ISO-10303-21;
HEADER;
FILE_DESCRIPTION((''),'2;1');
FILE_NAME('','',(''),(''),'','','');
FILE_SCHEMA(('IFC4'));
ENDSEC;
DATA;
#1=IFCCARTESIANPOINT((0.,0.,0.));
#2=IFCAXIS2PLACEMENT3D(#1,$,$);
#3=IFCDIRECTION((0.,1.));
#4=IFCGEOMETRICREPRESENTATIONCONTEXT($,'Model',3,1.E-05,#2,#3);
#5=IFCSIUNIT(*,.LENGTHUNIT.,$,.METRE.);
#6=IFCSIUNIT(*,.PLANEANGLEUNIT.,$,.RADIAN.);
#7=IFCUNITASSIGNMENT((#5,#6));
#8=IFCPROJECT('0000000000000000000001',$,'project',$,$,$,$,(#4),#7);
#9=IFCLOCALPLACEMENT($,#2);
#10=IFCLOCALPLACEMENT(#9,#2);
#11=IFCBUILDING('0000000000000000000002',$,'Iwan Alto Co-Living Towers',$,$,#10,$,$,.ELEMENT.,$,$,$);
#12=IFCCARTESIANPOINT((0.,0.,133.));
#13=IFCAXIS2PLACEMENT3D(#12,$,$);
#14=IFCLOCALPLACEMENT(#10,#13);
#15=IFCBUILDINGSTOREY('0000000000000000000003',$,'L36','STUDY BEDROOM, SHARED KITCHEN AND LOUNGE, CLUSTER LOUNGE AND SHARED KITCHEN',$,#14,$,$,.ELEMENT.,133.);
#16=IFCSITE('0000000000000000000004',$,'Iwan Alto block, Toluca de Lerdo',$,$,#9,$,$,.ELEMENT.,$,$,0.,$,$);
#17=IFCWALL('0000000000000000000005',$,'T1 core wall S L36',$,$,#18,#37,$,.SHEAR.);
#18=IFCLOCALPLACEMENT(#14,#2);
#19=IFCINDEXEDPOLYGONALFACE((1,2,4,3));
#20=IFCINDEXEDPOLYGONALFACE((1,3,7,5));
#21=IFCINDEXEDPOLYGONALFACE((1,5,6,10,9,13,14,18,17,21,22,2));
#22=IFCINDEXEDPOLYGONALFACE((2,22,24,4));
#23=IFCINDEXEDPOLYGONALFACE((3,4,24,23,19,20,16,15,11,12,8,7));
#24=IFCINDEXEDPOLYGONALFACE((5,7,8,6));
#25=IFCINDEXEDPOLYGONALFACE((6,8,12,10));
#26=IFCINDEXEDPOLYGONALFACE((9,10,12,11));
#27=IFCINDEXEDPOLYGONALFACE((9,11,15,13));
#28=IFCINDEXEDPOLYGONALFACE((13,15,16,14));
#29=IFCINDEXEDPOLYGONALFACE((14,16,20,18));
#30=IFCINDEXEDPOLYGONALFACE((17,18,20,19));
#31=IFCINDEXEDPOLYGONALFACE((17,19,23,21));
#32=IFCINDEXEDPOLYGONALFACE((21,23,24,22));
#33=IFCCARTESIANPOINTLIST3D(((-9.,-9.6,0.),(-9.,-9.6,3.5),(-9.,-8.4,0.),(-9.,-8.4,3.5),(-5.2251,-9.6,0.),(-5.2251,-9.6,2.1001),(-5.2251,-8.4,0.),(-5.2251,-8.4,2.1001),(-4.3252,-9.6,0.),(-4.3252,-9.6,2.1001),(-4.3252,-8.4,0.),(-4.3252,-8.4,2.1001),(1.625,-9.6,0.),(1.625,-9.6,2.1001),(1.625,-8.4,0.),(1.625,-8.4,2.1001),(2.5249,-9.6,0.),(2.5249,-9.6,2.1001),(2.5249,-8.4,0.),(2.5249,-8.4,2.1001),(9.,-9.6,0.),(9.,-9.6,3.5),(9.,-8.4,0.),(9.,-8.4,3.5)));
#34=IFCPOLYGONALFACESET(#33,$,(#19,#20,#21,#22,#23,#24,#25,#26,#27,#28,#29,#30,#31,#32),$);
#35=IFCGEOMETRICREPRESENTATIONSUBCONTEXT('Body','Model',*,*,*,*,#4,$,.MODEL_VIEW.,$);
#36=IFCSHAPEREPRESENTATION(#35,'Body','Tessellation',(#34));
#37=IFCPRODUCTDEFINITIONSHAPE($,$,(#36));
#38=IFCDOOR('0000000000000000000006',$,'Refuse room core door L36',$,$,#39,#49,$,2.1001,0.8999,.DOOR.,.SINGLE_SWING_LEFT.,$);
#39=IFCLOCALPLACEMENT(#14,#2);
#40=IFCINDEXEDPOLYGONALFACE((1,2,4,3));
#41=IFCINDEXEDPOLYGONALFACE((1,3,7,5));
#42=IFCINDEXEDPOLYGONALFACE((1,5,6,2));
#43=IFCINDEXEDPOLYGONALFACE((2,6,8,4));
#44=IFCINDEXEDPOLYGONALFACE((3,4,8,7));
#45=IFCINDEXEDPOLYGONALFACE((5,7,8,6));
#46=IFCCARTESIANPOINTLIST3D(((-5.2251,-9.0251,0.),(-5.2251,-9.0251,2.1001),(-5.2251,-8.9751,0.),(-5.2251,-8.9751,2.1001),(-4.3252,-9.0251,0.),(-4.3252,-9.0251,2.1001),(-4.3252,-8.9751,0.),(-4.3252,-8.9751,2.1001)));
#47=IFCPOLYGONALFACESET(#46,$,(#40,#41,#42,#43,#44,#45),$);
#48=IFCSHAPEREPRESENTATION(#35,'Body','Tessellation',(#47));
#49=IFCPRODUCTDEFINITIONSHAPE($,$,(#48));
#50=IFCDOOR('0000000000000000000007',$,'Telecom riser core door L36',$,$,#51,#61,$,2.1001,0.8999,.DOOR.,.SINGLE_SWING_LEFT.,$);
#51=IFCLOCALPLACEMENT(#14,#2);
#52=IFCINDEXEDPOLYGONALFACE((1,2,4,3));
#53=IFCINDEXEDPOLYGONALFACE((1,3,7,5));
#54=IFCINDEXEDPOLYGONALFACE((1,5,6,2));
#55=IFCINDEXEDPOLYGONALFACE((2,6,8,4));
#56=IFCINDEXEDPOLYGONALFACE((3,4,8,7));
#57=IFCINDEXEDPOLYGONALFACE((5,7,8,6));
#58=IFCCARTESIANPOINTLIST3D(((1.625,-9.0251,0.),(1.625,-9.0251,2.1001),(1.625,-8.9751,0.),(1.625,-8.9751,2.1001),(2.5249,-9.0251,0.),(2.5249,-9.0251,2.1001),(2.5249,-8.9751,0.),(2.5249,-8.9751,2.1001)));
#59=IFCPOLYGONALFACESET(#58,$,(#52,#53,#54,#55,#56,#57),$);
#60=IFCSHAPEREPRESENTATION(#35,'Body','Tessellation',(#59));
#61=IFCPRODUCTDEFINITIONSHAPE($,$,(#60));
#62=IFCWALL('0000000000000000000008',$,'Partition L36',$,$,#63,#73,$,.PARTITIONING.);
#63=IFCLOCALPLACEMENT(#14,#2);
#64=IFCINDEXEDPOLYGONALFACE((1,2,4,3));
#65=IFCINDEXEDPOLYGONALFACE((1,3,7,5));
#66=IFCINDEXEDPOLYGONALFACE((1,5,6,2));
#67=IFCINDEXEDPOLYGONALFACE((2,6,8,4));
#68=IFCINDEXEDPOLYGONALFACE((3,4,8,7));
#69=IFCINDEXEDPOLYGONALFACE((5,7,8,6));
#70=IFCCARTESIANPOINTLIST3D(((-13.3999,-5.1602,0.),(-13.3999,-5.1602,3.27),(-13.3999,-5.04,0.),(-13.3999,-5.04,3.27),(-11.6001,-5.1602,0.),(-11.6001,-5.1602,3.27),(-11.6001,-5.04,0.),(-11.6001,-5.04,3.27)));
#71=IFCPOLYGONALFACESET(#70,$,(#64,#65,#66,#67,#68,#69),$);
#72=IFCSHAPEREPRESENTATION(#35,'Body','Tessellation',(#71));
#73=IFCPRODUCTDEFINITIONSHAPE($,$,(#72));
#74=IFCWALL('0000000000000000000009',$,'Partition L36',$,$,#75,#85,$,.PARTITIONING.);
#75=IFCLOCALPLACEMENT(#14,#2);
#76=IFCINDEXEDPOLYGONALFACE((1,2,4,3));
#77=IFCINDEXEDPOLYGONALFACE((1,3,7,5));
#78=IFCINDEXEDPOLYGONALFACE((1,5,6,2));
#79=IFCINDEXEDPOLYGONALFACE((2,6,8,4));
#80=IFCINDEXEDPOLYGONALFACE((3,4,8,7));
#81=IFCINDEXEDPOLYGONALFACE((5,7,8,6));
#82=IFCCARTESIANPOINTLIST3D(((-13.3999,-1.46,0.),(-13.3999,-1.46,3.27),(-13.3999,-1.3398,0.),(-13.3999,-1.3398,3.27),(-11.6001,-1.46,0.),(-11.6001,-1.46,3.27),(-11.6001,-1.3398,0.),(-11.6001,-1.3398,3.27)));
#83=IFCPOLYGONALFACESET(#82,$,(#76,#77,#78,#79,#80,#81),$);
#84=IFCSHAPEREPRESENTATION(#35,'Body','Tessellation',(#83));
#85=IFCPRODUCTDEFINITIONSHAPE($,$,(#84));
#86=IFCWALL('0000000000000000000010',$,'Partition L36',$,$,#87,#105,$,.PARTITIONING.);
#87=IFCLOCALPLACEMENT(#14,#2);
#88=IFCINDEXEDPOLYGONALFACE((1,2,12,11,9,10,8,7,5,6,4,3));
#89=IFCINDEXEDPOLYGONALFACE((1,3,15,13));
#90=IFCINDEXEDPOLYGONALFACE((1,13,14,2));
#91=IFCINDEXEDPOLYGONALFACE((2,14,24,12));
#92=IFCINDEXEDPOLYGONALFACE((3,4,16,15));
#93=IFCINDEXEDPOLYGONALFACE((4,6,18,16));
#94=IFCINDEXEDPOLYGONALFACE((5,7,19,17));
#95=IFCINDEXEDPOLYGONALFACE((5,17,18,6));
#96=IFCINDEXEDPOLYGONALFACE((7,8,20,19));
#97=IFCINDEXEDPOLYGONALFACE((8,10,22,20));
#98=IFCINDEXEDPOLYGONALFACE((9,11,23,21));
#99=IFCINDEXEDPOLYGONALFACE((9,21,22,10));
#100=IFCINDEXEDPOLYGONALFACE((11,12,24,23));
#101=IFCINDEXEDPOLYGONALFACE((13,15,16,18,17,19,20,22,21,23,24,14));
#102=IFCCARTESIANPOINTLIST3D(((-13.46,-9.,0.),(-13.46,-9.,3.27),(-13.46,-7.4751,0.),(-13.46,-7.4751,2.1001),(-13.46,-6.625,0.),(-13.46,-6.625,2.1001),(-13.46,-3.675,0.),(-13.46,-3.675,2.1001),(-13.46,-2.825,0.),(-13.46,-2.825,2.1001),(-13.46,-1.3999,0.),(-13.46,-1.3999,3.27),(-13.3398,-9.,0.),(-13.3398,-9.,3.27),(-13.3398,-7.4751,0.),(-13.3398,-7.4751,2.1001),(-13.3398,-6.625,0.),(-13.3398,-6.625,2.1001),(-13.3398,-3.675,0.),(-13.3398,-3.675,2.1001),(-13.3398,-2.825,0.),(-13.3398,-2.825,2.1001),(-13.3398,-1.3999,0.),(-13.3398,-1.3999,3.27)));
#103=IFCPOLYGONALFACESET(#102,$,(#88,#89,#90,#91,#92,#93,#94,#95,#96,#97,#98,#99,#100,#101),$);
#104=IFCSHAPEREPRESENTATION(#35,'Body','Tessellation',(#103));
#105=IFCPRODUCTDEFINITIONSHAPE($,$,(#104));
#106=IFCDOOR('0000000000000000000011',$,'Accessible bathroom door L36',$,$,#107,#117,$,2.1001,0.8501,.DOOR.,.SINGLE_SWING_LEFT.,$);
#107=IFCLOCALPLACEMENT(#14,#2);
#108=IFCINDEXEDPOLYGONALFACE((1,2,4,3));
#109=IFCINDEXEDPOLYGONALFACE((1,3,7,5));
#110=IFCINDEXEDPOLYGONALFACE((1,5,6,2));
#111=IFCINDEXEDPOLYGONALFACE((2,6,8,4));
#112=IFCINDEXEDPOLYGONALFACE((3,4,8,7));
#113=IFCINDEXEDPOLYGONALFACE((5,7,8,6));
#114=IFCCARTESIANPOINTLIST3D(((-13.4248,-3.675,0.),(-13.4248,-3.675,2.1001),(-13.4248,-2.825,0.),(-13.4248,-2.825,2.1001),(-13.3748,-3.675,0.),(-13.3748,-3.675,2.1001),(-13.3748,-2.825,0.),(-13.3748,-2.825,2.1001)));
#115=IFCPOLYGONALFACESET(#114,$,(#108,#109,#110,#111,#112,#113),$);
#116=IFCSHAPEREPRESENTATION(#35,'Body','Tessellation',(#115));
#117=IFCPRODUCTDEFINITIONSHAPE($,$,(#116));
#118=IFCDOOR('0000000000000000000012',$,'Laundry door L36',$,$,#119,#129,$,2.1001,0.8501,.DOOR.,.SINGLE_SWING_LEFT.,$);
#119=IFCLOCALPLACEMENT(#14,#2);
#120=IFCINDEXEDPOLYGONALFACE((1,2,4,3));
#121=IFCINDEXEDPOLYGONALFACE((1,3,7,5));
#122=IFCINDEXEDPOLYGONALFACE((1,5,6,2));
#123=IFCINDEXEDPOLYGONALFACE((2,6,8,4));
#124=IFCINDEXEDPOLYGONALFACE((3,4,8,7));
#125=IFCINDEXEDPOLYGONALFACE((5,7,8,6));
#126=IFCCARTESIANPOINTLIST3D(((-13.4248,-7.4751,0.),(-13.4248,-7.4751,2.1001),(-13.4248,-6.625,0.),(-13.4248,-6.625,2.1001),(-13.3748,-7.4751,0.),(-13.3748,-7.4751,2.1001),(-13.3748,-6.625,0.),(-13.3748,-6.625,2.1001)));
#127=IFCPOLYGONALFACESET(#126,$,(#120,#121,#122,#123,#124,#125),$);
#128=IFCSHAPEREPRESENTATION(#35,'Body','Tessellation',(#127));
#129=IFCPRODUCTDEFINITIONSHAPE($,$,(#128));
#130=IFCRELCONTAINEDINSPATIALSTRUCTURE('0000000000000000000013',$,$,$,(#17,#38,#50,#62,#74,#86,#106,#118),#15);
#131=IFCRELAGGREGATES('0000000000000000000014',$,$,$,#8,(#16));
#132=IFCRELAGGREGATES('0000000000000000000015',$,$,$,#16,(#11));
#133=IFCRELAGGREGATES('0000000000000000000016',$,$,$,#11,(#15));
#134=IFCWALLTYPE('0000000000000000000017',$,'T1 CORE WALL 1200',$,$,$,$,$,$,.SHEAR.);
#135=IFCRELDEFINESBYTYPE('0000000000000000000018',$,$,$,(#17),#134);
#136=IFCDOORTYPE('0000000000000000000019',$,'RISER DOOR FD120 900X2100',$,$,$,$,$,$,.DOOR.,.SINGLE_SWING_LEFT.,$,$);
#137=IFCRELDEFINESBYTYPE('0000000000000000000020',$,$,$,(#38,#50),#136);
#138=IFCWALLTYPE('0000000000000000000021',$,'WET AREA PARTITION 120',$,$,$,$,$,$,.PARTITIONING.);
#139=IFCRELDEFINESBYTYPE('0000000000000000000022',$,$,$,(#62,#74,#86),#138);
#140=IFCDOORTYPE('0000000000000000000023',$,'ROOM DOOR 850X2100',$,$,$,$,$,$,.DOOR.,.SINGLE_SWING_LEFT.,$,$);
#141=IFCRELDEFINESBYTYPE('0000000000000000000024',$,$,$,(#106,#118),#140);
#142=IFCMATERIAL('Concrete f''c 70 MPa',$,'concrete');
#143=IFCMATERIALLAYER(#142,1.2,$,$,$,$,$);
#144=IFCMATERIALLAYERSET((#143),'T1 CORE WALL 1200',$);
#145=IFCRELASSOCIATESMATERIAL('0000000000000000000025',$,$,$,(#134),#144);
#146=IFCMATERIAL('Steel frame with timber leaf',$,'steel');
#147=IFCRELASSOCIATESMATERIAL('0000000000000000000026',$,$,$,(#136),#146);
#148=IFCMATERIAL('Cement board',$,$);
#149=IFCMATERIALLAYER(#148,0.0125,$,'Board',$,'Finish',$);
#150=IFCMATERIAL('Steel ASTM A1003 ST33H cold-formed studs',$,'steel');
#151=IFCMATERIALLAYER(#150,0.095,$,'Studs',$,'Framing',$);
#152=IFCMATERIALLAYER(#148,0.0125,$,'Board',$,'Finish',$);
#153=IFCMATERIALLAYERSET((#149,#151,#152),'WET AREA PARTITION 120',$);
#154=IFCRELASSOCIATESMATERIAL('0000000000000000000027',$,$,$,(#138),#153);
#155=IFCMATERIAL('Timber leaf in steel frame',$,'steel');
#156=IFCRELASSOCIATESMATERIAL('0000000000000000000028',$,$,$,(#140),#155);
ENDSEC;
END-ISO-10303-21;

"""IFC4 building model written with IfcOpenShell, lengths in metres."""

from ifc_helpers import new_model, si_unit, direction, frame, frame_2d, origin, place, context, subcontext, project, spatial, rectangle, extrude, material, layer, layer_set, type_object, element, fill, save


model = new_model("IFC4")

# Units and contexts
model_context = context("Model", 3, precision=1e-05, world=origin(), true_north=direction((0.0, 1.0)))
body_context = subcontext(model_context, "Body", "Model", "MODEL_VIEW")
ifc_project = project(units=[si_unit("LENGTHUNIT", "METRE"), si_unit("PLANEANGLEUNIT", "RADIAN")], contexts=[model_context])

# Site, building, storey
site_placement = place(None, origin())
site = spatial("IfcSite", under=ifc_project, at=site_placement, Name="Iwan Alto block, Toluca de Lerdo", CompositionType="ELEMENT", RefElevation=0.0)
building_placement = place(site_placement, origin())
building = spatial("IfcBuilding", under=site, at=building_placement, Name="Iwan Alto Co-Living Towers", CompositionType="ELEMENT")
storey_placement = place(building_placement, frame((0.0, 0.0, 133.0)))
storey = spatial("IfcBuildingStorey", under=building, at=storey_placement, Name="L36", Description="STUDY BEDROOM, SHARED KITCHEN AND LOUNGE, CLUSTER LOUNGE AND SHARED KITCHEN", CompositionType="ELEMENT", Elevation=133.0)

# Shared definitions
ifc_material_1 = material(Name="Steel ASTM A1003 ST33H cold-formed studs", Category="steel")

# Wall, openings, doors
ifc_material_2 = material(Name="Concrete f'c 70 MPa", Category="concrete")
ifc_layer_1 = layer(ifc_material_2, 1.2)
ifc_layer_set_1 = layer_set([ifc_layer_1], Name="T1 CORE WALL 1200")
wall_type_1 = type_object("IfcWallType", Name="T1 CORE WALL 1200", PredefinedType="SHEAR", material=ifc_layer_set_1)
wall_1_placement = place(storey_placement, frame((-9.0, -9.0, 0.0), z_axis=(0.0, 0.0, 1.0), x_axis=(1.0, 0.0, 0.0)))
wall_1 = element("IfcWall", 1, at=wall_1_placement, inside=storey, type_object=wall_type_1, Name="T1 core wall S L36", PredefinedType="SHEAR", context=body_context, shape_type="SweptSolid", body=[
    extrude(rectangle(XDim=18.0, YDim=1.2, at=frame_2d((9.0, 0.0))), origin(), (0.0, 0.0, 1.0), 3.5),
])
opening_1_placement = place(wall_1_placement, frame((3.7749, 0.0, 0.0)))
opening_1 = element("IfcOpeningElement", 2, at=opening_1_placement, cuts=wall_1, PredefinedType="OPENING", context=body_context, shape_type="SweptSolid", body=[
    extrude(rectangle(XDim=0.8999, YDim=2.1001, at=frame_2d((0.45, 1.05))), frame((0.0, 0.6099, 0.0), z_axis=(0.0, -1.0, 0.0), x_axis=(1.0, 0.0, 0.0)), (0.0, 0.0, 1.0), 1.22),
])
opening_2_placement = place(wall_1_placement, frame((10.625, 0.0, 0.0)))
opening_2 = element("IfcOpeningElement", 3, at=opening_2_placement, cuts=wall_1, PredefinedType="OPENING", context=body_context, shape_type="SweptSolid", body=[
    extrude(rectangle(XDim=0.8999, YDim=2.1001, at=frame_2d((0.45, 1.05))), frame((0.0, 0.6099, 0.0), z_axis=(0.0, -1.0, 0.0), x_axis=(1.0, 0.0, 0.0)), (0.0, 0.0, 1.0), 1.22),
])
ifc_material_3 = material(Name="Steel frame with timber leaf", Category="steel")
door_type_1 = type_object("IfcDoorType", Name="RISER DOOR FD120 900X2100", OperationType="SINGLE_SWING_LEFT", PredefinedType="DOOR", material=ifc_material_3)
door_1_placement = place(opening_1_placement, origin())
door_1 = element("IfcDoor", 4, at=door_1_placement, inside=storey, type_object=door_type_1, Name="Refuse room core door L36", OperationType="SINGLE_SWING_LEFT", OverallHeight=2.1001, OverallWidth=0.8999, PredefinedType="DOOR", context=body_context, shape_type="SweptSolid", body=[
    extrude(rectangle(XDim=0.8999, YDim=2.1001, at=frame_2d((0.45, 1.05))), frame((0.0, 0.0249, 0.0), z_axis=(0.0, -1.0, 0.0), x_axis=(1.0, 0.0, 0.0)), (0.0, 0.0, 1.0), 0.05),
])
fill(opening_1, door_1)
door_2_placement = place(opening_2_placement, origin())
door_2 = element("IfcDoor", 5, at=door_2_placement, inside=storey, type_object=door_type_1, Name="Telecom riser core door L36", OperationType="SINGLE_SWING_LEFT", OverallHeight=2.1001, OverallWidth=0.8999, PredefinedType="DOOR", context=body_context, shape_type="SweptSolid", body=[
    extrude(rectangle(XDim=0.8999, YDim=2.1001, at=frame_2d((0.45, 1.05))), frame((0.0, 0.0249, 0.0), z_axis=(0.0, -1.0, 0.0), x_axis=(1.0, 0.0, 0.0)), (0.0, 0.0, 1.0), 0.05),
])
fill(opening_2, door_2)

# Walls
ifc_material_4 = material(Name="Cement board")
ifc_layer_2 = layer(ifc_material_4, 0.0125, Name="Board", Category="Finish")
ifc_layer_3 = layer(ifc_material_1, 0.095, Name="Studs", Category="Framing")
ifc_layer_4 = layer(ifc_material_4, 0.0125, Name="Board", Category="Finish")
ifc_layer_set_2 = layer_set([ifc_layer_2, ifc_layer_3, ifc_layer_4], Name="WET AREA PARTITION 120")
wall_type_2 = type_object("IfcWallType", Name="WET AREA PARTITION 120", PredefinedType="PARTITIONING", material=ifc_layer_set_2)
for number, where, z_axis, x_axis, name in (
    (6, (-13.3999, -5.1001, 0.0), (0.0, 0.0, 1.0), (1.0, 0.0, 0.0), "Partition L36"),
    (7, (-13.3999, -1.3999, 0.0), (0.0, 0.0, 1.0), (1.0, 0.0, 0.0), "Partition L36"),
):
    element("IfcWall", number, at=place(storey_placement, frame(where, z_axis=z_axis, x_axis=x_axis)), inside=storey, type_object=wall_type_2, Name=name, PredefinedType="PARTITIONING", context=body_context, shape_type="SweptSolid", body=[
        extrude(rectangle(XDim=1.7998, YDim=0.1201, at=frame_2d((0.8999, 0.0))), origin(), (0.0, 0.0, 1.0), 3.27),
    ])

# Wall, openings, doors
wall_2_placement = place(storey_placement, frame((-13.3999, -9.0, 0.0), z_axis=(0.0, 0.0, 1.0), x_axis=(0.0, 1.0, 0.0)))
wall_2 = element("IfcWall", 8, at=wall_2_placement, inside=storey, type_object=wall_type_2, Name="Partition L36", PredefinedType="PARTITIONING", context=body_context, shape_type="SweptSolid", body=[
    extrude(rectangle(XDim=7.6001, YDim=0.1201, at=frame_2d((3.8, 0.0))), origin(), (0.0, 0.0, 1.0), 3.27),
])
opening_3_placement = place(wall_2_placement, frame((5.325, 0.0, 0.0)))
opening_3 = element("IfcOpeningElement", 9, at=opening_3_placement, cuts=wall_2, PredefinedType="OPENING", context=body_context, shape_type="SweptSolid", body=[
    extrude(rectangle(XDim=0.8501, YDim=2.1001, at=frame_2d((0.425, 1.05))), frame((0.0, 0.0701, 0.0), z_axis=(0.0, -1.0, 0.0), x_axis=(1.0, 0.0, 0.0)), (0.0, 0.0, 1.0), 0.1401),
])
opening_4_placement = place(wall_2_placement, frame((1.5249, 0.0, 0.0)))
opening_4 = element("IfcOpeningElement", 10, at=opening_4_placement, cuts=wall_2, PredefinedType="OPENING", context=body_context, shape_type="SweptSolid", body=[
    extrude(rectangle(XDim=0.8501, YDim=2.1001, at=frame_2d((0.425, 1.05))), frame((0.0, 0.0701, 0.0), z_axis=(0.0, -1.0, 0.0), x_axis=(1.0, 0.0, 0.0)), (0.0, 0.0, 1.0), 0.1401),
])
ifc_material_5 = material(Name="Timber leaf in steel frame", Category="steel")
door_type_2 = type_object("IfcDoorType", Name="ROOM DOOR 850X2100", OperationType="SINGLE_SWING_LEFT", PredefinedType="DOOR", material=ifc_material_5)
door_3_placement = place(opening_3_placement, origin())
door_3 = element("IfcDoor", 11, at=door_3_placement, inside=storey, type_object=door_type_2, Name="Accessible bathroom door L36", OperationType="SINGLE_SWING_LEFT", OverallHeight=2.1001, OverallWidth=0.8501, PredefinedType="DOOR", context=body_context, shape_type="SweptSolid", body=[
    extrude(rectangle(XDim=0.8501, YDim=2.1001, at=frame_2d((0.425, 1.05))), frame((0.0, 0.0249, 0.0), z_axis=(0.0, -1.0, 0.0), x_axis=(1.0, 0.0, 0.0)), (0.0, 0.0, 1.0), 0.05),
])
fill(opening_3, door_3)
door_4_placement = place(opening_4_placement, origin())
door_4 = element("IfcDoor", 12, at=door_4_placement, inside=storey, type_object=door_type_2, Name="Laundry door L36", OperationType="SINGLE_SWING_LEFT", OverallHeight=2.1001, OverallWidth=0.8501, PredefinedType="DOOR", context=body_context, shape_type="SweptSolid", body=[
    extrude(rectangle(XDim=0.8501, YDim=2.1001, at=frame_2d((0.425, 1.05))), frame((0.0, 0.0249, 0.0), z_axis=(0.0, -1.0, 0.0), x_axis=(1.0, 0.0, 0.0)), (0.0, 0.0, 1.0), 0.05),
])
fill(opening_4, door_4)

save(model, "model.ifc")
